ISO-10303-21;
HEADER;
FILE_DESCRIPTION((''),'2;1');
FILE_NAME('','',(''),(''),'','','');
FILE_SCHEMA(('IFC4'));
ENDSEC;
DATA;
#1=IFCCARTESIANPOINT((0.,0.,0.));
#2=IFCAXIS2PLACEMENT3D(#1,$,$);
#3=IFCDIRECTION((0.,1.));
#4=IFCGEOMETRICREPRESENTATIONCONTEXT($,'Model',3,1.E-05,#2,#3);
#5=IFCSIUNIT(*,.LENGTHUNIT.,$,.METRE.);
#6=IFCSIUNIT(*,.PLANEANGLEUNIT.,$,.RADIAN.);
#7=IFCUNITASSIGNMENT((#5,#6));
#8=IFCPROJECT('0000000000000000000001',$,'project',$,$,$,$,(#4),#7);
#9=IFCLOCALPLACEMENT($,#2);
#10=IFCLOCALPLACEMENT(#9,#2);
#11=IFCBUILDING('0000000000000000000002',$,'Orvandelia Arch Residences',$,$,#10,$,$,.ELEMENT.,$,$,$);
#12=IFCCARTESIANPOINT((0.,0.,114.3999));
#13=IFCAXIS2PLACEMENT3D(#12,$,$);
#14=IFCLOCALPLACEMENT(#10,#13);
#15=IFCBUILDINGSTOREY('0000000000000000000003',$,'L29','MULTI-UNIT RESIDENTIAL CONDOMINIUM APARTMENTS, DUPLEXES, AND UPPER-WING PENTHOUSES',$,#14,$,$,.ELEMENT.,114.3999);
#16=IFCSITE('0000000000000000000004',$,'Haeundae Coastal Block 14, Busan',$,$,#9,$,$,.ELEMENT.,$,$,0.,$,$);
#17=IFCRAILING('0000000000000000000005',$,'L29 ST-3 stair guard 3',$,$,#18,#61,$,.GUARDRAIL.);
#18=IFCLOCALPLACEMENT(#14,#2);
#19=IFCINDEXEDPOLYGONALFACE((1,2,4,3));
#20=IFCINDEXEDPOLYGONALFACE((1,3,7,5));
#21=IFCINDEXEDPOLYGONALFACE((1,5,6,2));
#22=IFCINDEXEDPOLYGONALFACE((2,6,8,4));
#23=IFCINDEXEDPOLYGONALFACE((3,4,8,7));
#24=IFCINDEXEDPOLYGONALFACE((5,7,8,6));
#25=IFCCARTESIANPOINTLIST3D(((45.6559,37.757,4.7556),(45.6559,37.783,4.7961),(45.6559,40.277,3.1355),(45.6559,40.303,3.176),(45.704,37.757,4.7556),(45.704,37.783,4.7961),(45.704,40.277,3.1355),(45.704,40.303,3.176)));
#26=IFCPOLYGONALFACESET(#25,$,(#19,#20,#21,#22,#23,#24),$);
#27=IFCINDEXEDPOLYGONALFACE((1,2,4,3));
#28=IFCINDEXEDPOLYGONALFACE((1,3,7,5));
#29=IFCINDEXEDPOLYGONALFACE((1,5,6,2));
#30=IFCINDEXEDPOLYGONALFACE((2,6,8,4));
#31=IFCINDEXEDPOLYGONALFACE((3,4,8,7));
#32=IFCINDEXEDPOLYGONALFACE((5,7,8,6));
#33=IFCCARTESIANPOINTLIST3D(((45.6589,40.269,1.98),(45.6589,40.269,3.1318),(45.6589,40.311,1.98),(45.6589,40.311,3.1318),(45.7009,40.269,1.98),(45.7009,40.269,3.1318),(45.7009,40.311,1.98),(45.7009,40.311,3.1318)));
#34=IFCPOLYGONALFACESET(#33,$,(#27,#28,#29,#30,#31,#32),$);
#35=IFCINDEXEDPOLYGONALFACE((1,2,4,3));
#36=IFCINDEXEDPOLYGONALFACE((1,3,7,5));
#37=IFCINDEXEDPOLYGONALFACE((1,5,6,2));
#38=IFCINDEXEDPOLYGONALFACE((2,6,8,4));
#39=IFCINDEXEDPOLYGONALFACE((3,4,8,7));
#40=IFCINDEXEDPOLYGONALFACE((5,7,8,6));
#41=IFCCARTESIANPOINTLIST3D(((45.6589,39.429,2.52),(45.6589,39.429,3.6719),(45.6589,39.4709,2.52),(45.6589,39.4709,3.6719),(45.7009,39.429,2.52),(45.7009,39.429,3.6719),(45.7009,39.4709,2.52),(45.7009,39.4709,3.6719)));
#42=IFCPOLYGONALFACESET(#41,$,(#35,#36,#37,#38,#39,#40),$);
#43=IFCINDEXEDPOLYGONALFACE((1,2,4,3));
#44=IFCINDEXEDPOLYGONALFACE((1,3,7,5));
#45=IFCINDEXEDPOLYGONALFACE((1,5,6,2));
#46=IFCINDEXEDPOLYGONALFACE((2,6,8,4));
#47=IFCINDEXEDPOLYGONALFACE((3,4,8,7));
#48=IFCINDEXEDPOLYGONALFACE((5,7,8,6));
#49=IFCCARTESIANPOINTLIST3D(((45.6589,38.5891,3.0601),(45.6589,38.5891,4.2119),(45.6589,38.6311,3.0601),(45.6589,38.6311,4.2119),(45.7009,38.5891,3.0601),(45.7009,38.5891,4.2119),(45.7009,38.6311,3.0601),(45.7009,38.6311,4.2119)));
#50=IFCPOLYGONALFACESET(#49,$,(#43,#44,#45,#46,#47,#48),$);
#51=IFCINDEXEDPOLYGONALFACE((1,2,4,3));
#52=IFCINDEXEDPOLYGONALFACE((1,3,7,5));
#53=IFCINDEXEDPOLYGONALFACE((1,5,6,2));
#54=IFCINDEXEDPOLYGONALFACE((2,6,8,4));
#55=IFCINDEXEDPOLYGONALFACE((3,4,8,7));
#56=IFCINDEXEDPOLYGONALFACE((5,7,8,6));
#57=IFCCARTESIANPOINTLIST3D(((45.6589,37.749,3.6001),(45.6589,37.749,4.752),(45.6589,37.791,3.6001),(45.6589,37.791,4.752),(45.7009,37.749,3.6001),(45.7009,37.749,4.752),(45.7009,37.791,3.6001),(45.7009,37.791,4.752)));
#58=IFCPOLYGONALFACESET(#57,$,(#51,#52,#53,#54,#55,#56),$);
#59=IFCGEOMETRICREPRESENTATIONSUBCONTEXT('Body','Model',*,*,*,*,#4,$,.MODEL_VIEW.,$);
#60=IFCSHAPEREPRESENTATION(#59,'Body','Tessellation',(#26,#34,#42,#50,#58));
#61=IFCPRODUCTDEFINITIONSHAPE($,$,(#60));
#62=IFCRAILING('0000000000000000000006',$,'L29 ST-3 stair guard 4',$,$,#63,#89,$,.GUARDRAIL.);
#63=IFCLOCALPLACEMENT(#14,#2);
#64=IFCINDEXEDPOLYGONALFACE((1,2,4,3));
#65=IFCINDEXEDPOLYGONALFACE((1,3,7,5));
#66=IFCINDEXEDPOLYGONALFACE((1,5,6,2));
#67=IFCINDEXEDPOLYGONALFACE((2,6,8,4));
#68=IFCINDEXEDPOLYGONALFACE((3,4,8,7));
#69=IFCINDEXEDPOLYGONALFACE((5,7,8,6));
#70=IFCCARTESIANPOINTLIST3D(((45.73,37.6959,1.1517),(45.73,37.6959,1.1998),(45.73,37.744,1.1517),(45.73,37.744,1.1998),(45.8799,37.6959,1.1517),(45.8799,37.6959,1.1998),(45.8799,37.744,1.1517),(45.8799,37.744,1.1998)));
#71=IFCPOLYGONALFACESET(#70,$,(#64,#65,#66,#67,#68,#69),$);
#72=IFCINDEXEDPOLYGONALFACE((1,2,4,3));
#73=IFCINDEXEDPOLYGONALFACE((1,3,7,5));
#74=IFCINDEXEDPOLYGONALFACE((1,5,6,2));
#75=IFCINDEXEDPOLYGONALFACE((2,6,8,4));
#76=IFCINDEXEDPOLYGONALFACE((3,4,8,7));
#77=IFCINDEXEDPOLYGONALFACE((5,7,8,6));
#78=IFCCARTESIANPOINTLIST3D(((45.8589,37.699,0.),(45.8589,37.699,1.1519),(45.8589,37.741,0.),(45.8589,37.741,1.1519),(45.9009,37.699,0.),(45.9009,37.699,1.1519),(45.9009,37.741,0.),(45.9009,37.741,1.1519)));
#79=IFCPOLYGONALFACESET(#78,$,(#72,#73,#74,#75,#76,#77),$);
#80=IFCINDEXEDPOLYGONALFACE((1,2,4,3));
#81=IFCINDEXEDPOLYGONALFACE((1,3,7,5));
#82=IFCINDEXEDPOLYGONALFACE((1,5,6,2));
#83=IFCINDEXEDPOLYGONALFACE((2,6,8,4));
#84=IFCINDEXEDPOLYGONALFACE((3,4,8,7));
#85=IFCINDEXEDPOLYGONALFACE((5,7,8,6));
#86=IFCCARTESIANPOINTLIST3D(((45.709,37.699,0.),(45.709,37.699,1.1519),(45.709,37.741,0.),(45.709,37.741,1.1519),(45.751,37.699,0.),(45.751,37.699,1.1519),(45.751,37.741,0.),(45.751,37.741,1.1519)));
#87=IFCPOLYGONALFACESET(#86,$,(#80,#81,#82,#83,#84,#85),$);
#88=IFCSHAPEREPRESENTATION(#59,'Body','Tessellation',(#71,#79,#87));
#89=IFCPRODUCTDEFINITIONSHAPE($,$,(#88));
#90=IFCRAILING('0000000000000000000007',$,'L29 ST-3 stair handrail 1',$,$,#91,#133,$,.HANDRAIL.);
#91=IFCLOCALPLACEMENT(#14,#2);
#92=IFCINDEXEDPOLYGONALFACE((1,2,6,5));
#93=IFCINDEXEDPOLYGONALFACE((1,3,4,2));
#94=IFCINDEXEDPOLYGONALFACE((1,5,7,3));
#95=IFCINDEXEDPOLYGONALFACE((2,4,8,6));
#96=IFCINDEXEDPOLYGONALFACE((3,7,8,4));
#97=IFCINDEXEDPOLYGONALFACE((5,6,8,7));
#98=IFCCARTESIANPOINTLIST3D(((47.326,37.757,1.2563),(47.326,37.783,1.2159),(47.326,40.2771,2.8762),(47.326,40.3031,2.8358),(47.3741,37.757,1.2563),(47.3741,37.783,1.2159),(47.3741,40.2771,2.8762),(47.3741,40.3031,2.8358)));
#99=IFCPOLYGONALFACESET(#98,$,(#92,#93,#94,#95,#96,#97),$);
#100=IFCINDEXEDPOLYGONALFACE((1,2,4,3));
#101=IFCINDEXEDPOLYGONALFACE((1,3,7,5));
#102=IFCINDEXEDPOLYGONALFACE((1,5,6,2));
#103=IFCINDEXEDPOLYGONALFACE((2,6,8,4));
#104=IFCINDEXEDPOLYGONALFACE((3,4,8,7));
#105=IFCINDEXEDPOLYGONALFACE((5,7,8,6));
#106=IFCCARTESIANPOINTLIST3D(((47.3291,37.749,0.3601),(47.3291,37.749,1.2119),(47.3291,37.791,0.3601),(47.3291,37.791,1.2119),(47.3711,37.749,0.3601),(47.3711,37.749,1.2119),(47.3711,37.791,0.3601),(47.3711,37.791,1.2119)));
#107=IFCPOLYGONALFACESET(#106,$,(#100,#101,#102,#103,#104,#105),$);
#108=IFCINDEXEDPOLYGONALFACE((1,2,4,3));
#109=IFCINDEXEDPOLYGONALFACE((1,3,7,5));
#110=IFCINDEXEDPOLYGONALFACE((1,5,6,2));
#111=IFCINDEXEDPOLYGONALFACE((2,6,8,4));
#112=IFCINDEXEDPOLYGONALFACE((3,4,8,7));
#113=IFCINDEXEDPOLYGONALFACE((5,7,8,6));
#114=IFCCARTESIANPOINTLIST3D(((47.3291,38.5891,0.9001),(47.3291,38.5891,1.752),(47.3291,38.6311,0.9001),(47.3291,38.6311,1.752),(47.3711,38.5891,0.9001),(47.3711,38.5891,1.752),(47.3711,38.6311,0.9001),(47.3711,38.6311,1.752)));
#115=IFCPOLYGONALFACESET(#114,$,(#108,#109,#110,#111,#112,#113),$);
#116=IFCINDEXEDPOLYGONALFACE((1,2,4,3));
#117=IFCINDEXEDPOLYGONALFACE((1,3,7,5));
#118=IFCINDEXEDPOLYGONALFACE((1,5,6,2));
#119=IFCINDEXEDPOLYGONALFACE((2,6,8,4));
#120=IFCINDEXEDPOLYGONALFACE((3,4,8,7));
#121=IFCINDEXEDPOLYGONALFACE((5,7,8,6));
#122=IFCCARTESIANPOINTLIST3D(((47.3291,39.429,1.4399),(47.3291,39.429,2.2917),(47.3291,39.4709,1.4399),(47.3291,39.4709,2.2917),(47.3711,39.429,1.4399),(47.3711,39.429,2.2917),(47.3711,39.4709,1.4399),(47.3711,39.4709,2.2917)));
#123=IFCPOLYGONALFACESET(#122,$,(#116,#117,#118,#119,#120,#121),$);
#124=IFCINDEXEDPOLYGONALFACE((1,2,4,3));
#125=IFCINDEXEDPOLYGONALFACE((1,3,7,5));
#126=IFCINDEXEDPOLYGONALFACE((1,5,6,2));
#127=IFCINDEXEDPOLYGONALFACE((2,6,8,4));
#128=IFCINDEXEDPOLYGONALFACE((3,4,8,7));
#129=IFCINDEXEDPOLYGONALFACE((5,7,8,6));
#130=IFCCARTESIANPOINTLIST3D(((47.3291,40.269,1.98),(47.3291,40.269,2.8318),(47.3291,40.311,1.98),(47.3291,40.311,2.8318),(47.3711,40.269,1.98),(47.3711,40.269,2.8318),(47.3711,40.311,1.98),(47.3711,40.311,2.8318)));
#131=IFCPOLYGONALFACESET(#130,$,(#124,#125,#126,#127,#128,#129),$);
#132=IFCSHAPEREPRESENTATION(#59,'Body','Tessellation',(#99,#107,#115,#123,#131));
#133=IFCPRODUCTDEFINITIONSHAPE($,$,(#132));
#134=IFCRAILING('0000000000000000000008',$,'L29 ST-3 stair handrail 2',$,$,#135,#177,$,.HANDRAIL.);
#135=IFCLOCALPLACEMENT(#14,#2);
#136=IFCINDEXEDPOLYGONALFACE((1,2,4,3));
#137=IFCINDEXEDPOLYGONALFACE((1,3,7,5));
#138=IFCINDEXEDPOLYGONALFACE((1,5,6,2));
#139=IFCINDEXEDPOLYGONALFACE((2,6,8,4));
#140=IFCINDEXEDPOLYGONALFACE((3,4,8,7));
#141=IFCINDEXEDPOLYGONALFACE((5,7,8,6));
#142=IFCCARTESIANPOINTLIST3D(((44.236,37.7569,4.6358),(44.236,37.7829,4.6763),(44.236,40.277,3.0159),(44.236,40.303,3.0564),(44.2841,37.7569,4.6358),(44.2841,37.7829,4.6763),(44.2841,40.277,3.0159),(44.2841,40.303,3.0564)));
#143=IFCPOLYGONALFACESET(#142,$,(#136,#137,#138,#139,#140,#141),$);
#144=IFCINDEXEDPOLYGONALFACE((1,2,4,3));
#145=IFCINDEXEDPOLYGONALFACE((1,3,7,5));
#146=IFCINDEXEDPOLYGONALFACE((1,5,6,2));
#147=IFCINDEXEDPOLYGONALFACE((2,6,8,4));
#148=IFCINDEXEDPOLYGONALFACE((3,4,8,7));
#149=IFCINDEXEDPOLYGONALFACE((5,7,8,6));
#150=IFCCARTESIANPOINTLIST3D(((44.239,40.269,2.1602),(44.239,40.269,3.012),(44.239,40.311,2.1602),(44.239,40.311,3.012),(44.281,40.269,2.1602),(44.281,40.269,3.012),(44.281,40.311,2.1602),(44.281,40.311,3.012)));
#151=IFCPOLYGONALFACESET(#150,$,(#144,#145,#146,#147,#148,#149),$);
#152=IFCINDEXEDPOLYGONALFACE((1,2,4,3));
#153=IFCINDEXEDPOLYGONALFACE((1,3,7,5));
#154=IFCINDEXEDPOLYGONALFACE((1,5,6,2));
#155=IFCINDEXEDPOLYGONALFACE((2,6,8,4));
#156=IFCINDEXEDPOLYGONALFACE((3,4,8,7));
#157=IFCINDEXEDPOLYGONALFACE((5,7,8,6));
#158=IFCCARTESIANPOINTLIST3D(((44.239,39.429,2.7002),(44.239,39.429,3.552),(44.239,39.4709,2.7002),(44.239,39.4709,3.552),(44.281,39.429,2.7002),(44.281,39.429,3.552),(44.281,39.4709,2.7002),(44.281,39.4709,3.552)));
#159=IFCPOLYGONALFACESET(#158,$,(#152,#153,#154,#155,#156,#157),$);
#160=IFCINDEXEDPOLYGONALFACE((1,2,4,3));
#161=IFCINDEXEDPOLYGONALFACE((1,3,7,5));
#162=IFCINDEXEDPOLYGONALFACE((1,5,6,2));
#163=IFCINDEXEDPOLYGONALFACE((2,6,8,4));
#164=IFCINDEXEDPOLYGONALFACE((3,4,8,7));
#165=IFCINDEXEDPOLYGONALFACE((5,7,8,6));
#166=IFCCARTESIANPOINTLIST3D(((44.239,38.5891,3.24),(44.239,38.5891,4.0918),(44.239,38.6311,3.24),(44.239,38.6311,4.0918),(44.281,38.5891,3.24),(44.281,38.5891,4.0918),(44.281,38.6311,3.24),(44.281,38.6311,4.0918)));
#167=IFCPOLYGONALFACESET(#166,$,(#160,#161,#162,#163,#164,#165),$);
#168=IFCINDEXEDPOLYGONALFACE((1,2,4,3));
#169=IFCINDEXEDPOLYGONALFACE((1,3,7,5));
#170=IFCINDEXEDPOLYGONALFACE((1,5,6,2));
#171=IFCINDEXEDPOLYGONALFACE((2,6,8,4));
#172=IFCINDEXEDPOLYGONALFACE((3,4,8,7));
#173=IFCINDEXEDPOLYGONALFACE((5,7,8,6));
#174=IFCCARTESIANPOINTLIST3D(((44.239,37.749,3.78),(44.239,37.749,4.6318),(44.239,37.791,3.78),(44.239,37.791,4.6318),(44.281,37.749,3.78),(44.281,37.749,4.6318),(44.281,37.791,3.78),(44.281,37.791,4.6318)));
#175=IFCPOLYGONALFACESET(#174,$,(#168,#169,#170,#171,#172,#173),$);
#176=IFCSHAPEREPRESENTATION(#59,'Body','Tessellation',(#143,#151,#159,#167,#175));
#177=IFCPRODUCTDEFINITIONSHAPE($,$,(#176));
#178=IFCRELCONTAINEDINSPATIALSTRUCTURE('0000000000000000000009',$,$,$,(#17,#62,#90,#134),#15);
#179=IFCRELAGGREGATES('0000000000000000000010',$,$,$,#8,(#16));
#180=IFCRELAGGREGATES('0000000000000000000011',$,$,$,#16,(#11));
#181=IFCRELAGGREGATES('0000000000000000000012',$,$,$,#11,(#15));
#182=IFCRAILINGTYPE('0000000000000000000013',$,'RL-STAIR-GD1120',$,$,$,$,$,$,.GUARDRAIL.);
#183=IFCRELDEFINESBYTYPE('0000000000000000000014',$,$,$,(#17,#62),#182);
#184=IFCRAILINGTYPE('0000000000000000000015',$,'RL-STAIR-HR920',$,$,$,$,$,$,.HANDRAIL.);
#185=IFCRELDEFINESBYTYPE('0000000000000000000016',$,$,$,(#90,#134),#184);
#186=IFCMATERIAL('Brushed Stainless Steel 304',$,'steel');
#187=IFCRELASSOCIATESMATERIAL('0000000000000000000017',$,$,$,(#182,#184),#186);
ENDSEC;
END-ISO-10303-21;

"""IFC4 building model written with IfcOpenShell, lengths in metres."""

from ifc_helpers import new_model, si_unit, direction, frame, origin, origin_2d, place, context, subcontext, project, spatial, rectangle, extrude, material, type_object, element, save


model = new_model("IFC4")

# Units and contexts
model_context = context("Model", 3, precision=1e-05, world=origin(), true_north=direction((0.0, 1.0)))
body_context = subcontext(model_context, "Body", "Model", "MODEL_VIEW")
ifc_project = project(units=[si_unit("LENGTHUNIT", "METRE"), si_unit("PLANEANGLEUNIT", "RADIAN")], contexts=[model_context])

# Site, building, storey
site_placement = place(None, origin())
site = spatial("IfcSite", under=ifc_project, at=site_placement, Name="Haeundae Coastal Block 14, Busan", CompositionType="ELEMENT", RefElevation=0.0)
building_placement = place(site_placement, origin())
building = spatial("IfcBuilding", under=site, at=building_placement, Name="Orvandelia Arch Residences", CompositionType="ELEMENT")
storey_placement = place(building_placement, frame((0.0, 0.0, 114.3999)))
storey = spatial("IfcBuildingStorey", under=building, at=storey_placement, Name="L29", Description="MULTI-UNIT RESIDENTIAL CONDOMINIUM APARTMENTS, DUPLEXES, AND UPPER-WING PENTHOUSES", CompositionType="ELEMENT", Elevation=114.3999)

# Railings
ifc_material_1 = material(Name="Brushed Stainless Steel 304", Category="steel")
railing_type_1 = type_object("IfcRailingType", Name="RL-STAIR-GD1120", PredefinedType="GUARDRAIL", material=ifc_material_1)
railing_1_placement = place(storey_placement, frame((45.6799, 40.29, 1.98)))
element("IfcRailing", 1, at=railing_1_placement, inside=storey, type_object=railing_type_1, Name="L29 ST-3 stair guard 3", PredefinedType="GUARDRAIL", context=body_context, shape_type="SweptSolid", body=[
    extrude(rectangle(XDim=0.0481, YDim=0.0481, at=origin_2d()), frame((0.0, 0.0, 1.1758), z_axis=(0.0, -0.841163, 0.540782), x_axis=(1.0, 0.0, 0.0)), (0.0, 0.0, 1.0), 2.9958),
    extrude(rectangle(XDim=0.042, YDim=0.042, at=origin_2d()), origin(), (0.0, 0.0, 1.0), 1.1519),
    extrude(rectangle(XDim=0.042, YDim=0.042, at=origin_2d()), frame((0.0, -0.8401, 0.54)), (0.0, 0.0, 1.0), 1.1519),
    extrude(rectangle(XDim=0.042, YDim=0.042, at=origin_2d()), frame((0.0, -1.6799, 1.0801)), (0.0, 0.0, 1.0), 1.1519),
    extrude(rectangle(XDim=0.042, YDim=0.042, at=origin_2d()), frame((0.0, -2.52, 1.6201)), (0.0, 0.0, 1.0), 1.1519),
])
railing_2_placement = place(storey_placement, frame((45.8799, 37.72, 0.0)))
element("IfcRailing", 2, at=railing_2_placement, inside=storey, type_object=railing_type_1, Name="L29 ST-3 stair guard 4", PredefinedType="GUARDRAIL", context=body_context, shape_type="SweptSolid", body=[
    extrude(rectangle(XDim=0.0481, YDim=0.0481, at=origin_2d()), frame((0.0, 0.0, 1.1758), z_axis=(-1.0, 0.0, 0.0), x_axis=(0.0, -1.0, 0.0)), (0.0, 0.0, 1.0), 0.1499),
    extrude(rectangle(XDim=0.042, YDim=0.042, at=origin_2d()), origin(), (0.0, 0.0, 1.0), 1.1519),
    extrude(rectangle(XDim=0.042, YDim=0.042, at=origin_2d()), frame((-0.1499, 0.0, 0.0)), (0.0, 0.0, 1.0), 1.1519),
])
railing_type_2 = type_object("IfcRailingType", Name="RL-STAIR-HR920", PredefinedType="HANDRAIL", material=ifc_material_1)
railing_3_placement = place(storey_placement, frame((47.3501, 37.77, 0.3601)))
element("IfcRailing", 3, at=railing_3_placement, inside=storey, type_object=railing_type_2, Name="L29 ST-3 stair handrail 1", PredefinedType="HANDRAIL", context=body_context, shape_type="SweptSolid", body=[
    extrude(rectangle(XDim=0.0481, YDim=0.0481, at=origin_2d()), frame((0.0, 0.0, 0.876), z_axis=(0.0, 0.8412, 0.540725), x_axis=(-1.0, 0.0, 0.0)), (0.0, 0.0, 1.0), 2.9958),
    extrude(rectangle(XDim=0.042, YDim=0.042, at=origin_2d()), origin(), (0.0, 0.0, 1.0), 0.8518),
    extrude(rectangle(XDim=0.042, YDim=0.042, at=origin_2d()), frame((0.0, 0.8401, 0.54)), (0.0, 0.0, 1.0), 0.8518),
    extrude(rectangle(XDim=0.042, YDim=0.042, at=origin_2d()), frame((0.0, 1.6799, 1.0798)), (0.0, 0.0, 1.0), 0.8518),
    extrude(rectangle(XDim=0.042, YDim=0.042, at=origin_2d()), frame((0.0, 2.52, 1.6199)), (0.0, 0.0, 1.0), 0.8518),
])
railing_4_placement = place(storey_placement, frame((44.26, 40.29, 2.1602)))
element("IfcRailing", 4, at=railing_4_placement, inside=storey, type_object=railing_type_2, Name="L29 ST-3 stair handrail 2", PredefinedType="HANDRAIL", context=body_context, shape_type="SweptSolid", body=[
    extrude(rectangle(XDim=0.0481, YDim=0.0481, at=origin_2d()), frame((0.0, 0.0, 0.876), z_axis=(0.0, -0.8412, 0.540725), x_axis=(1.0, 0.0, 0.0)), (0.0, 0.0, 1.0), 2.9958),
    extrude(rectangle(XDim=0.042, YDim=0.042, at=origin_2d()), origin(), (0.0, 0.0, 1.0), 0.8518),
    extrude(rectangle(XDim=0.042, YDim=0.042, at=origin_2d()), frame((0.0, -0.8401, 0.54)), (0.0, 0.0, 1.0), 0.8518),
    extrude(rectangle(XDim=0.042, YDim=0.042, at=origin_2d()), frame((0.0, -1.6799, 1.0798)), (0.0, 0.0, 1.0), 0.8518),
    extrude(rectangle(XDim=0.042, YDim=0.042, at=origin_2d()), frame((0.0, -2.52, 1.6199)), (0.0, 0.0, 1.0), 0.8518),
])

save(model, "model.ifc")
